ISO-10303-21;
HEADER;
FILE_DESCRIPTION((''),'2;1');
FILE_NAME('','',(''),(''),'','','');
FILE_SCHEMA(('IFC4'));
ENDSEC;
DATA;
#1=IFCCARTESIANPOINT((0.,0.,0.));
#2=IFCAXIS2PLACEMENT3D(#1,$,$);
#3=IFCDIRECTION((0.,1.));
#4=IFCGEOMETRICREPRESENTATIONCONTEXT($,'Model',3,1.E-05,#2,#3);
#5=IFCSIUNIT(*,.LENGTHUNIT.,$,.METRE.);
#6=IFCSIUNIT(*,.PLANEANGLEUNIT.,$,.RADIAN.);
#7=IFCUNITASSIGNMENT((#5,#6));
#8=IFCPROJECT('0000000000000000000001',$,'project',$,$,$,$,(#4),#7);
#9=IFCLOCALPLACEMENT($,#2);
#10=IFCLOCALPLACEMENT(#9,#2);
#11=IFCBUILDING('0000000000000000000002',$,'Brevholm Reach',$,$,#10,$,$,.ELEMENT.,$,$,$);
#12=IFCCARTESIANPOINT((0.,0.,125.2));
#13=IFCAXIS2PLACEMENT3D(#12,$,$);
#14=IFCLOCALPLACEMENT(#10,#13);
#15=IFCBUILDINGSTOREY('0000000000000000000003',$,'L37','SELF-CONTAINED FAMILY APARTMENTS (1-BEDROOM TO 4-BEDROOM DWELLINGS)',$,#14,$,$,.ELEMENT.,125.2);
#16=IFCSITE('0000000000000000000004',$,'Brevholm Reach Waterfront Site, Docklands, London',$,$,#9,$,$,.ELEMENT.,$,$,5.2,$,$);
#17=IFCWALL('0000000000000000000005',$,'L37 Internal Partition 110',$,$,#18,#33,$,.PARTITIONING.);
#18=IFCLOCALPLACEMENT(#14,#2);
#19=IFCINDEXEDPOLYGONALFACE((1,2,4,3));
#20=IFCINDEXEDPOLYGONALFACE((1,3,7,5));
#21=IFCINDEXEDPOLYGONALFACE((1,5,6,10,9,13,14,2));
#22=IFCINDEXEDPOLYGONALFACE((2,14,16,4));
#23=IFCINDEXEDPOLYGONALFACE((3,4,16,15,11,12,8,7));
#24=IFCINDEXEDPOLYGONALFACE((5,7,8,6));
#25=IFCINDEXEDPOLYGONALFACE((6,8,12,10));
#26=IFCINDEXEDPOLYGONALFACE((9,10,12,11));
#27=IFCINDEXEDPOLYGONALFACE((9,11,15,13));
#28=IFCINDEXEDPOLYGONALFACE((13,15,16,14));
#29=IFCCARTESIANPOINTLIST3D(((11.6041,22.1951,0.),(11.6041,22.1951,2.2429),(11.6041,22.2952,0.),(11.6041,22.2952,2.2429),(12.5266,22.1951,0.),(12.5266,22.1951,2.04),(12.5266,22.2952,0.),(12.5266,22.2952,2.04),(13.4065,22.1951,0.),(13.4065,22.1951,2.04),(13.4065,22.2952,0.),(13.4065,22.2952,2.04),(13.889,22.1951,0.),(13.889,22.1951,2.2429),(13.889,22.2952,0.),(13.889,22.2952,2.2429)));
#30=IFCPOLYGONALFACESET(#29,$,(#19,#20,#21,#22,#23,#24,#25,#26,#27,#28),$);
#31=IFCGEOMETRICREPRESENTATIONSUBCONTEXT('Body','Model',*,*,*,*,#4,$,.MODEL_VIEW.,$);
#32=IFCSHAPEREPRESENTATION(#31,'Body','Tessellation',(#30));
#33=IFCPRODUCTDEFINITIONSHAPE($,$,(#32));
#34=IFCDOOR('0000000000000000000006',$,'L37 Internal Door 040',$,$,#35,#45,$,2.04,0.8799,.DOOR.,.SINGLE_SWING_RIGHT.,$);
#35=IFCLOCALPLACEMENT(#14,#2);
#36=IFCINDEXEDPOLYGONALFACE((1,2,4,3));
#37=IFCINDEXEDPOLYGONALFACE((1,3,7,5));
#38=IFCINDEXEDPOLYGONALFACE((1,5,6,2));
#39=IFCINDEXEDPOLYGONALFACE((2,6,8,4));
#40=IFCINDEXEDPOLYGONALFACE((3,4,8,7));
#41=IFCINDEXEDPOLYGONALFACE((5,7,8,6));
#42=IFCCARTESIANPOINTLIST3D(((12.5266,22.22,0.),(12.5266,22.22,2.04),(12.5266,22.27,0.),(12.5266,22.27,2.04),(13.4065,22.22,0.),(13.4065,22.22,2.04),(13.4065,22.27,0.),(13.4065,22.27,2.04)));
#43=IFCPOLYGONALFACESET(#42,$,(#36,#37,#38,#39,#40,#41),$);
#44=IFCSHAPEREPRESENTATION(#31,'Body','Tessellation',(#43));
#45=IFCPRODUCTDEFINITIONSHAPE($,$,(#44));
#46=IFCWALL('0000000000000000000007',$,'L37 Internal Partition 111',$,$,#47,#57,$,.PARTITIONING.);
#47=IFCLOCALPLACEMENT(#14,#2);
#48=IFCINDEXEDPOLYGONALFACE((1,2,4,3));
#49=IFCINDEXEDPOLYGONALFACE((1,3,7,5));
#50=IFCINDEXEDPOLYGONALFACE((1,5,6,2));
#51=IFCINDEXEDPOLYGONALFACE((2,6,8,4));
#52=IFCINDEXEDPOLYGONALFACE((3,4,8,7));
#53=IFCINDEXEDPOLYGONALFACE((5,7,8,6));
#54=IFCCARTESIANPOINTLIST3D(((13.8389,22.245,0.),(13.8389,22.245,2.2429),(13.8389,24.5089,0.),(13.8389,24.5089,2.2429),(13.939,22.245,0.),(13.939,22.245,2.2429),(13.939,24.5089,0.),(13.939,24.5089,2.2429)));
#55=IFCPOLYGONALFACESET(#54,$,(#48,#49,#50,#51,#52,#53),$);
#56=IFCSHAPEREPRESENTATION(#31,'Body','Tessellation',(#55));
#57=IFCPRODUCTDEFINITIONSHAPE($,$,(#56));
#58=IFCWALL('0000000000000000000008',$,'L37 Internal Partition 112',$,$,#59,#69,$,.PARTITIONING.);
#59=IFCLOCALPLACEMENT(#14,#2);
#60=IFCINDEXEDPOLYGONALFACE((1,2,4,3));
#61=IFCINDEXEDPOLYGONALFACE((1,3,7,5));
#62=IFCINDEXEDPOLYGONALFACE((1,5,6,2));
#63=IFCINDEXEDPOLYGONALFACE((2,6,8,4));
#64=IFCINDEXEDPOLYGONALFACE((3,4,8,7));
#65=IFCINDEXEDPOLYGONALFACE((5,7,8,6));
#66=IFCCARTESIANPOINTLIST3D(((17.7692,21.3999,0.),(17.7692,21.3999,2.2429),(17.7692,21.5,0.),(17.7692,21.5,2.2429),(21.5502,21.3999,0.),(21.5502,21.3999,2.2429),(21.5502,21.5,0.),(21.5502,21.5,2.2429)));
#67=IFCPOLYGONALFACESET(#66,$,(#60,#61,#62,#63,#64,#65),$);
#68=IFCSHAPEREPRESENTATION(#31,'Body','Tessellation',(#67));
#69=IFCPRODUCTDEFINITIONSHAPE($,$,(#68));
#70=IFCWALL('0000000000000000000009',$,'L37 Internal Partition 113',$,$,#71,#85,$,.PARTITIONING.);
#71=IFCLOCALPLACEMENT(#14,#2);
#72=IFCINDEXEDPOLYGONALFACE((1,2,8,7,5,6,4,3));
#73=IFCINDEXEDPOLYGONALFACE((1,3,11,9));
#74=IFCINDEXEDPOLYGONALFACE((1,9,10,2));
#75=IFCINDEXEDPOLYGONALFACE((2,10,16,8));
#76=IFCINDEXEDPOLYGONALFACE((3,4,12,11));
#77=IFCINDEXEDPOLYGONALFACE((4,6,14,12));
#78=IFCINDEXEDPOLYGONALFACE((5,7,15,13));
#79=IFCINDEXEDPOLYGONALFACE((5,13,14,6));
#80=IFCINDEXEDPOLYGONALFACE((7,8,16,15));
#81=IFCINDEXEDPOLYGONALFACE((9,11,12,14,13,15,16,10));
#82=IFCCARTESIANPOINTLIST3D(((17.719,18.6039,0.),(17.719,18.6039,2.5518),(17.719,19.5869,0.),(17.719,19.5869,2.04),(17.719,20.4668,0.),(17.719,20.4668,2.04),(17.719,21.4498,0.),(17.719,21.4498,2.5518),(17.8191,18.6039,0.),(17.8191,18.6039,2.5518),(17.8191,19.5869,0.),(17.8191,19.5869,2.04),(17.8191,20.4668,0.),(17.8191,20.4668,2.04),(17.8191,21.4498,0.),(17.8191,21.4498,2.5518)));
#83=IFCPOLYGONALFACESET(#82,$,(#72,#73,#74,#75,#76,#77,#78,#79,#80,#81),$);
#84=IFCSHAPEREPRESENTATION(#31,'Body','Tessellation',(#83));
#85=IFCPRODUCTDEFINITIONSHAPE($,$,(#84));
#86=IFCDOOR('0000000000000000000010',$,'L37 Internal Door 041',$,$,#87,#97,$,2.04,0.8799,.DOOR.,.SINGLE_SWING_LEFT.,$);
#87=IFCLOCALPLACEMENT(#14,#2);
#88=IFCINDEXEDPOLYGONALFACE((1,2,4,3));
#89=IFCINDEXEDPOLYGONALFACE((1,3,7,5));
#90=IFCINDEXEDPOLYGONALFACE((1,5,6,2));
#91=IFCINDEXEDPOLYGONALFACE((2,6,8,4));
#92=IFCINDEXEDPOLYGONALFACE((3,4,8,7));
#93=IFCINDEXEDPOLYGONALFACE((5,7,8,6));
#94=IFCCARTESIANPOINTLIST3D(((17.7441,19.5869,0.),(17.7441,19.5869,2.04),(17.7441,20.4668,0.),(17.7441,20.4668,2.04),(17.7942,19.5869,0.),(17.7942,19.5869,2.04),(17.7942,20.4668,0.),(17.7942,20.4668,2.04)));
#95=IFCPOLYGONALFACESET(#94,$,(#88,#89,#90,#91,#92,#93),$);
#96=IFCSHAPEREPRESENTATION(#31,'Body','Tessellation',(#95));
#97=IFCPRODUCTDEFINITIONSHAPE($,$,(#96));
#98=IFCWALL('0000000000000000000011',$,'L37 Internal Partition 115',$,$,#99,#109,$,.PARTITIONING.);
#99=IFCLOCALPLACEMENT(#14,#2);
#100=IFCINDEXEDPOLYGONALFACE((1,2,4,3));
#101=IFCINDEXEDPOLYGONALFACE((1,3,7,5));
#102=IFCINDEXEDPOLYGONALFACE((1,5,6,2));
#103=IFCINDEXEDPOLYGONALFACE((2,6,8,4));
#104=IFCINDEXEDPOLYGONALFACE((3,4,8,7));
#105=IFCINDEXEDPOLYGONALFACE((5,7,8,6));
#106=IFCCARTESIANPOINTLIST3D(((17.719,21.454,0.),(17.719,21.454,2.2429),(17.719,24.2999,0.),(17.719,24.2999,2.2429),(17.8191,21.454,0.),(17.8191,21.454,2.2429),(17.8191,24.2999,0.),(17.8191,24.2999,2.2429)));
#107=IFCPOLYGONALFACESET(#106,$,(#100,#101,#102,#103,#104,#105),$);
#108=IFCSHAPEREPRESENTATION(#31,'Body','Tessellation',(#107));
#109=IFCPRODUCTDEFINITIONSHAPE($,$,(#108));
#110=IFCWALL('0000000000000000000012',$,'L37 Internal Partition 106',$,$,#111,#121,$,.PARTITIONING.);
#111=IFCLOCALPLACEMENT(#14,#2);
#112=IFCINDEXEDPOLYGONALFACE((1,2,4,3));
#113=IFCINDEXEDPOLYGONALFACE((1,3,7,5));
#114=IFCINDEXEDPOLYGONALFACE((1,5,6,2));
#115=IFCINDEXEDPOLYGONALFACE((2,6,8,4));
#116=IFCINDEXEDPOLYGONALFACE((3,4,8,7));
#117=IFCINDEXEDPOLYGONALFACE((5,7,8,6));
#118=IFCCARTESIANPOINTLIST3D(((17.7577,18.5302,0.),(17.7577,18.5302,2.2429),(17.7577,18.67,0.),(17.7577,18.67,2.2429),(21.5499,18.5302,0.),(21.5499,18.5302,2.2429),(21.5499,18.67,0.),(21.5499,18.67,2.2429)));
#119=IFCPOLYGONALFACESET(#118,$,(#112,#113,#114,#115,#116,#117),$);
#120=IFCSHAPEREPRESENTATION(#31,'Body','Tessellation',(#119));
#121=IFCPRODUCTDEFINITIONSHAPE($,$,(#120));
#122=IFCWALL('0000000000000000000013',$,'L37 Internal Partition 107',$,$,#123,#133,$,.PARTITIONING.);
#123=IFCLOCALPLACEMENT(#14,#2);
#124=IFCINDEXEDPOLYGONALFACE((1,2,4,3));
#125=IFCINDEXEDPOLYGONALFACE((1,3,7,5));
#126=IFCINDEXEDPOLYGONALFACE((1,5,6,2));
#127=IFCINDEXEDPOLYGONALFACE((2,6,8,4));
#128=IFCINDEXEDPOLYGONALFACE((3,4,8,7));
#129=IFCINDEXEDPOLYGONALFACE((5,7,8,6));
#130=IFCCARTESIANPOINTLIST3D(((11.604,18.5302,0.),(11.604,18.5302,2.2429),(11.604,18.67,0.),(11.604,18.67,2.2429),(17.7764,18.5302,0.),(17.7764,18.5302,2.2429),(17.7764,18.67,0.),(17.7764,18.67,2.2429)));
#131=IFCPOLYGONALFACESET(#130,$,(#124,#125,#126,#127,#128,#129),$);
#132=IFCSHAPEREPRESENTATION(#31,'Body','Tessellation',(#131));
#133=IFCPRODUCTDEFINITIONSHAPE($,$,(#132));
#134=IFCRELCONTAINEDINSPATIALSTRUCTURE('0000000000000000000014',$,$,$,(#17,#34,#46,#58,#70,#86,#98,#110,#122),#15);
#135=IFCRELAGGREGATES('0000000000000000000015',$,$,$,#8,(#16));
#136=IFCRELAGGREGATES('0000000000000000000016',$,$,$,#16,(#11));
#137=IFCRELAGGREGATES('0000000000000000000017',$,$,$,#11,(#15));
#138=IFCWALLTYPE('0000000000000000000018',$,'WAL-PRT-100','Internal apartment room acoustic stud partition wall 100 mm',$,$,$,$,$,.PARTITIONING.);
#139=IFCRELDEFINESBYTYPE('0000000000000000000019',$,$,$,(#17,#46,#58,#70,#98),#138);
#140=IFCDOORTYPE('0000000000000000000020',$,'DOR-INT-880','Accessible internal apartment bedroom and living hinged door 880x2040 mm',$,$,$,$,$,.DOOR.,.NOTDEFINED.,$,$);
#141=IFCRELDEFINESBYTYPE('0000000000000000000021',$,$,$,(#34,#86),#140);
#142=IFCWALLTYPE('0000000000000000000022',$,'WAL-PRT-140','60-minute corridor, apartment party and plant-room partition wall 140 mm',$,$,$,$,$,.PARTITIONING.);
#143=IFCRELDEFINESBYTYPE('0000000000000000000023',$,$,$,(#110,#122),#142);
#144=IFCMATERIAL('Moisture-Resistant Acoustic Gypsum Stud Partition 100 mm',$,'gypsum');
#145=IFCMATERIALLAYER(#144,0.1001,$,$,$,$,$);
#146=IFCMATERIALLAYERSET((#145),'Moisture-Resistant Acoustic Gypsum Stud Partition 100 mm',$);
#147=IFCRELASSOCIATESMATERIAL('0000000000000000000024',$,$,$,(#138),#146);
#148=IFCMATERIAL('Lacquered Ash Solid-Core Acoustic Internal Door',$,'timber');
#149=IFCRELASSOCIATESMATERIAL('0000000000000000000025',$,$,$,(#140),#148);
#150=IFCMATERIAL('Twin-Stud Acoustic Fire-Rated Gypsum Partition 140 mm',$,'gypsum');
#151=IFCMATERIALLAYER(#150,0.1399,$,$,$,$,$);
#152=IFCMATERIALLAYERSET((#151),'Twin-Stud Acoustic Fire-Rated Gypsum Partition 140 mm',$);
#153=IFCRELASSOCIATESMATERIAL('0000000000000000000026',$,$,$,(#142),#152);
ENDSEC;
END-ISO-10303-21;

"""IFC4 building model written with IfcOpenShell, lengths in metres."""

from ifc_helpers import new_model, si_unit, direction, frame, frame_2d, origin, place, context, subcontext, project, spatial, rectangle, extrude, material, layer, layer_set, type_object, element, fill, save


model = new_model("IFC4")

# Units and contexts
model_context = context("Model", 3, precision=1e-05, world=origin(), true_north=direction((0.0, 1.0)))
body_context = subcontext(model_context, "Body", "Model", "MODEL_VIEW")
ifc_project = project(units=[si_unit("LENGTHUNIT", "METRE"), si_unit("PLANEANGLEUNIT", "RADIAN")], contexts=[model_context])

# Site, building, storey
site_placement = place(None, origin())
site = spatial("IfcSite", under=ifc_project, at=site_placement, Name="Brevholm Reach Waterfront Site, Docklands, London", CompositionType="ELEMENT", RefElevation=5.2)
building_placement = place(site_placement, origin())
building = spatial("IfcBuilding", under=site, at=building_placement, Name="Brevholm Reach", CompositionType="ELEMENT")
storey_placement = place(building_placement, frame((0.0, 0.0, 125.2)))
storey = spatial("IfcBuildingStorey", under=building, at=storey_placement, Name="L37", Description="SELF-CONTAINED FAMILY APARTMENTS (1-BEDROOM TO 4-BEDROOM DWELLINGS)", CompositionType="ELEMENT", Elevation=125.2)

# Shared definitions
ifc_material_1 = material(Name="Moisture-Resistant Acoustic Gypsum Stud Partition 100 mm", Category="gypsum")
ifc_layer_1 = layer(ifc_material_1, 0.1001)
ifc_layer_set_1 = layer_set([ifc_layer_1], Name="Moisture-Resistant Acoustic Gypsum Stud Partition 100 mm")
wall_type_1 = type_object("IfcWallType", Name="WAL-PRT-100", Description="Internal apartment room acoustic stud partition wall 100 mm", PredefinedType="PARTITIONING", material=ifc_layer_set_1)

# Wall, opening, door
wall_1_placement = place(storey_placement, frame((11.604, 22.2451, 0.0), z_axis=(0.0, 0.0, 1.0), x_axis=(1.0, 0.0, 0.0)))
wall_1 = element("IfcWall", 1, at=wall_1_placement, inside=storey, type_object=wall_type_1, Name="L37 Internal Partition 110", PredefinedType="PARTITIONING", context=body_context, shape_type="SweptSolid", body=[
    extrude(rectangle(XDim=2.2849, YDim=0.1001, at=frame_2d((1.1426, 0.0))), origin(), (0.0, 0.0, 1.0), 2.2429),
])
opening_1_placement = place(wall_1_placement, frame((0.9226, 0.0, 0.0)))
opening_1 = element("IfcOpeningElement", 2, at=opening_1_placement, cuts=wall_1, PredefinedType="OPENING", context=body_context, shape_type="SweptSolid", body=[
    extrude(rectangle(XDim=0.8799, YDim=2.04, at=frame_2d((0.4399, 1.02))), frame((0.0, 0.0601, 0.0), z_axis=(0.0, -1.0, 0.0), x_axis=(1.0, 0.0, 0.0)), (0.0, 0.0, 1.0), 0.1201),
])
ifc_material_2 = material(Name="Lacquered Ash Solid-Core Acoustic Internal Door", Category="timber")
door_type = type_object("IfcDoorType", Name="DOR-INT-880", Description="Accessible internal apartment bedroom and living hinged door 880x2040 mm", OperationType="NOTDEFINED", PredefinedType="DOOR", material=ifc_material_2)
door_1_placement = place(opening_1_placement, origin())
door_1 = element("IfcDoor", 3, at=door_1_placement, inside=storey, type_object=door_type, Name="L37 Internal Door 040", OperationType="SINGLE_SWING_RIGHT", OverallHeight=2.04, OverallWidth=0.8799, PredefinedType="DOOR", context=body_context, shape_type="SweptSolid", body=[
    extrude(rectangle(XDim=0.8799, YDim=2.04, at=frame_2d((0.4399, 1.02))), frame((0.0, 0.0249, 0.0), z_axis=(0.0, -1.0, 0.0), x_axis=(1.0, 0.0, 0.0)), (0.0, 0.0, 1.0), 0.05),
])
fill(opening_1, door_1)

# Walls
wall_2_placement = place(storey_placement, frame((13.8889, 22.2451, 0.0), z_axis=(0.0, 0.0, 1.0), x_axis=(0.0, 1.0, 0.0)))
element("IfcWall", 4, at=wall_2_placement, inside=storey, type_object=wall_type_1, Name="L37 Internal Partition 111", PredefinedType="PARTITIONING", context=body_context, shape_type="SweptSolid", body=[
    extrude(rectangle(XDim=2.2639, YDim=0.1001, at=frame_2d((1.1318, 0.0))), origin(), (0.0, 0.0, 1.0), 2.2429),
])
wall_3_placement = place(storey_placement, frame((17.769, 21.45, 0.0), z_axis=(0.0, 0.0, 1.0), x_axis=(1.0, 0.0, 0.0)))
element("IfcWall", 5, at=wall_3_placement, inside=storey, type_object=wall_type_1, Name="L37 Internal Partition 112", PredefinedType="PARTITIONING", context=body_context, shape_type="SweptSolid", body=[
    extrude(rectangle(XDim=3.781, YDim=0.1001, at=frame_2d((1.8906, 0.0))), origin(), (0.0, 0.0, 1.0), 2.2429),
])

# Wall, opening, door
wall_4_placement = place(storey_placement, frame((17.769, 18.604, 0.0), z_axis=(0.0, 0.0, 1.0), x_axis=(0.0, 1.0, 0.0)))
wall_4 = element("IfcWall", 6, at=wall_4_placement, inside=storey, type_object=wall_type_1, Name="L37 Internal Partition 113", PredefinedType="PARTITIONING", context=body_context, shape_type="SweptSolid", body=[
    extrude(rectangle(XDim=2.8459, YDim=0.1001, at=frame_2d((1.4229, 0.0))), origin(), (0.0, 0.0, 1.0), 2.5518),
])
opening_2_placement = place(wall_4_placement, frame((0.9829, 0.0, 0.0)))
opening_2 = element("IfcOpeningElement", 7, at=opening_2_placement, cuts=wall_4, PredefinedType="OPENING", context=body_context, shape_type="SweptSolid", body=[
    extrude(rectangle(XDim=0.8799, YDim=2.04, at=frame_2d((0.4399, 1.02))), frame((0.0, 0.0601, 0.0), z_axis=(0.0, -1.0, 0.0), x_axis=(1.0, 0.0, 0.0)), (0.0, 0.0, 1.0), 0.1201),
])
door_2_placement = place(opening_2_placement, origin())
door_2 = element("IfcDoor", 8, at=door_2_placement, inside=storey, type_object=door_type, Name="L37 Internal Door 041", OperationType="SINGLE_SWING_LEFT", OverallHeight=2.04, OverallWidth=0.8799, PredefinedType="DOOR", context=body_context, shape_type="SweptSolid", body=[
    extrude(rectangle(XDim=0.8799, YDim=2.04, at=frame_2d((0.4399, 1.02))), frame((0.0, 0.0249, 0.0), z_axis=(0.0, -1.0, 0.0), x_axis=(1.0, 0.0, 0.0)), (0.0, 0.0, 1.0), 0.05),
])
fill(opening_2, door_2)

# Walls
wall_5_placement = place(storey_placement, frame((17.769, 21.4541, 0.0), z_axis=(0.0, 0.0, 1.0), x_axis=(0.0, 1.0, 0.0)))
element("IfcWall", 9, at=wall_5_placement, inside=storey, type_object=wall_type_1, Name="L37 Internal Partition 115", PredefinedType="PARTITIONING", context=body_context, shape_type="SweptSolid", body=[
    extrude(rectangle(XDim=2.8459, YDim=0.1001, at=frame_2d((1.4229, 0.0))), origin(), (0.0, 0.0, 1.0), 2.2429),
])
ifc_material_3 = material(Name="Twin-Stud Acoustic Fire-Rated Gypsum Partition 140 mm", Category="gypsum")
ifc_layer_2 = layer(ifc_material_3, 0.1399)
ifc_layer_set_2 = layer_set([ifc_layer_2], Name="Twin-Stud Acoustic Fire-Rated Gypsum Partition 140 mm")
wall_type_2 = type_object("IfcWallType", Name="WAL-PRT-140", Description="60-minute corridor, apartment party and plant-room partition wall 140 mm", PredefinedType="PARTITIONING", material=ifc_layer_set_2)
wall_6_placement = place(storey_placement, frame((17.7578, 18.6001, 0.0), z_axis=(0.0, 0.0, 1.0), x_axis=(1.0, 0.0, 0.0)))
element("IfcWall", 10, at=wall_6_placement, inside=storey, type_object=wall_type_2, Name="L37 Internal Partition 106", PredefinedType="PARTITIONING", context=body_context, shape_type="SweptSolid", body=[
    extrude(rectangle(XDim=3.7922, YDim=0.1399, at=frame_2d((1.896, 0.0))), origin(), (0.0, 0.0, 1.0), 2.2429),
])
wall_7_placement = place(storey_placement, frame((11.604, 18.6001, 0.0), z_axis=(0.0, 0.0, 1.0), x_axis=(1.0, 0.0, 0.0)))
element("IfcWall", 11, at=wall_7_placement, inside=storey, type_object=wall_type_2, Name="L37 Internal Partition 107", PredefinedType="PARTITIONING", context=body_context, shape_type="SweptSolid", body=[
    extrude(rectangle(XDim=6.1724, YDim=0.1399, at=frame_2d((3.0862, 0.0))), origin(), (0.0, 0.0, 1.0), 2.2429),
])

save(model, "model.ifc")
